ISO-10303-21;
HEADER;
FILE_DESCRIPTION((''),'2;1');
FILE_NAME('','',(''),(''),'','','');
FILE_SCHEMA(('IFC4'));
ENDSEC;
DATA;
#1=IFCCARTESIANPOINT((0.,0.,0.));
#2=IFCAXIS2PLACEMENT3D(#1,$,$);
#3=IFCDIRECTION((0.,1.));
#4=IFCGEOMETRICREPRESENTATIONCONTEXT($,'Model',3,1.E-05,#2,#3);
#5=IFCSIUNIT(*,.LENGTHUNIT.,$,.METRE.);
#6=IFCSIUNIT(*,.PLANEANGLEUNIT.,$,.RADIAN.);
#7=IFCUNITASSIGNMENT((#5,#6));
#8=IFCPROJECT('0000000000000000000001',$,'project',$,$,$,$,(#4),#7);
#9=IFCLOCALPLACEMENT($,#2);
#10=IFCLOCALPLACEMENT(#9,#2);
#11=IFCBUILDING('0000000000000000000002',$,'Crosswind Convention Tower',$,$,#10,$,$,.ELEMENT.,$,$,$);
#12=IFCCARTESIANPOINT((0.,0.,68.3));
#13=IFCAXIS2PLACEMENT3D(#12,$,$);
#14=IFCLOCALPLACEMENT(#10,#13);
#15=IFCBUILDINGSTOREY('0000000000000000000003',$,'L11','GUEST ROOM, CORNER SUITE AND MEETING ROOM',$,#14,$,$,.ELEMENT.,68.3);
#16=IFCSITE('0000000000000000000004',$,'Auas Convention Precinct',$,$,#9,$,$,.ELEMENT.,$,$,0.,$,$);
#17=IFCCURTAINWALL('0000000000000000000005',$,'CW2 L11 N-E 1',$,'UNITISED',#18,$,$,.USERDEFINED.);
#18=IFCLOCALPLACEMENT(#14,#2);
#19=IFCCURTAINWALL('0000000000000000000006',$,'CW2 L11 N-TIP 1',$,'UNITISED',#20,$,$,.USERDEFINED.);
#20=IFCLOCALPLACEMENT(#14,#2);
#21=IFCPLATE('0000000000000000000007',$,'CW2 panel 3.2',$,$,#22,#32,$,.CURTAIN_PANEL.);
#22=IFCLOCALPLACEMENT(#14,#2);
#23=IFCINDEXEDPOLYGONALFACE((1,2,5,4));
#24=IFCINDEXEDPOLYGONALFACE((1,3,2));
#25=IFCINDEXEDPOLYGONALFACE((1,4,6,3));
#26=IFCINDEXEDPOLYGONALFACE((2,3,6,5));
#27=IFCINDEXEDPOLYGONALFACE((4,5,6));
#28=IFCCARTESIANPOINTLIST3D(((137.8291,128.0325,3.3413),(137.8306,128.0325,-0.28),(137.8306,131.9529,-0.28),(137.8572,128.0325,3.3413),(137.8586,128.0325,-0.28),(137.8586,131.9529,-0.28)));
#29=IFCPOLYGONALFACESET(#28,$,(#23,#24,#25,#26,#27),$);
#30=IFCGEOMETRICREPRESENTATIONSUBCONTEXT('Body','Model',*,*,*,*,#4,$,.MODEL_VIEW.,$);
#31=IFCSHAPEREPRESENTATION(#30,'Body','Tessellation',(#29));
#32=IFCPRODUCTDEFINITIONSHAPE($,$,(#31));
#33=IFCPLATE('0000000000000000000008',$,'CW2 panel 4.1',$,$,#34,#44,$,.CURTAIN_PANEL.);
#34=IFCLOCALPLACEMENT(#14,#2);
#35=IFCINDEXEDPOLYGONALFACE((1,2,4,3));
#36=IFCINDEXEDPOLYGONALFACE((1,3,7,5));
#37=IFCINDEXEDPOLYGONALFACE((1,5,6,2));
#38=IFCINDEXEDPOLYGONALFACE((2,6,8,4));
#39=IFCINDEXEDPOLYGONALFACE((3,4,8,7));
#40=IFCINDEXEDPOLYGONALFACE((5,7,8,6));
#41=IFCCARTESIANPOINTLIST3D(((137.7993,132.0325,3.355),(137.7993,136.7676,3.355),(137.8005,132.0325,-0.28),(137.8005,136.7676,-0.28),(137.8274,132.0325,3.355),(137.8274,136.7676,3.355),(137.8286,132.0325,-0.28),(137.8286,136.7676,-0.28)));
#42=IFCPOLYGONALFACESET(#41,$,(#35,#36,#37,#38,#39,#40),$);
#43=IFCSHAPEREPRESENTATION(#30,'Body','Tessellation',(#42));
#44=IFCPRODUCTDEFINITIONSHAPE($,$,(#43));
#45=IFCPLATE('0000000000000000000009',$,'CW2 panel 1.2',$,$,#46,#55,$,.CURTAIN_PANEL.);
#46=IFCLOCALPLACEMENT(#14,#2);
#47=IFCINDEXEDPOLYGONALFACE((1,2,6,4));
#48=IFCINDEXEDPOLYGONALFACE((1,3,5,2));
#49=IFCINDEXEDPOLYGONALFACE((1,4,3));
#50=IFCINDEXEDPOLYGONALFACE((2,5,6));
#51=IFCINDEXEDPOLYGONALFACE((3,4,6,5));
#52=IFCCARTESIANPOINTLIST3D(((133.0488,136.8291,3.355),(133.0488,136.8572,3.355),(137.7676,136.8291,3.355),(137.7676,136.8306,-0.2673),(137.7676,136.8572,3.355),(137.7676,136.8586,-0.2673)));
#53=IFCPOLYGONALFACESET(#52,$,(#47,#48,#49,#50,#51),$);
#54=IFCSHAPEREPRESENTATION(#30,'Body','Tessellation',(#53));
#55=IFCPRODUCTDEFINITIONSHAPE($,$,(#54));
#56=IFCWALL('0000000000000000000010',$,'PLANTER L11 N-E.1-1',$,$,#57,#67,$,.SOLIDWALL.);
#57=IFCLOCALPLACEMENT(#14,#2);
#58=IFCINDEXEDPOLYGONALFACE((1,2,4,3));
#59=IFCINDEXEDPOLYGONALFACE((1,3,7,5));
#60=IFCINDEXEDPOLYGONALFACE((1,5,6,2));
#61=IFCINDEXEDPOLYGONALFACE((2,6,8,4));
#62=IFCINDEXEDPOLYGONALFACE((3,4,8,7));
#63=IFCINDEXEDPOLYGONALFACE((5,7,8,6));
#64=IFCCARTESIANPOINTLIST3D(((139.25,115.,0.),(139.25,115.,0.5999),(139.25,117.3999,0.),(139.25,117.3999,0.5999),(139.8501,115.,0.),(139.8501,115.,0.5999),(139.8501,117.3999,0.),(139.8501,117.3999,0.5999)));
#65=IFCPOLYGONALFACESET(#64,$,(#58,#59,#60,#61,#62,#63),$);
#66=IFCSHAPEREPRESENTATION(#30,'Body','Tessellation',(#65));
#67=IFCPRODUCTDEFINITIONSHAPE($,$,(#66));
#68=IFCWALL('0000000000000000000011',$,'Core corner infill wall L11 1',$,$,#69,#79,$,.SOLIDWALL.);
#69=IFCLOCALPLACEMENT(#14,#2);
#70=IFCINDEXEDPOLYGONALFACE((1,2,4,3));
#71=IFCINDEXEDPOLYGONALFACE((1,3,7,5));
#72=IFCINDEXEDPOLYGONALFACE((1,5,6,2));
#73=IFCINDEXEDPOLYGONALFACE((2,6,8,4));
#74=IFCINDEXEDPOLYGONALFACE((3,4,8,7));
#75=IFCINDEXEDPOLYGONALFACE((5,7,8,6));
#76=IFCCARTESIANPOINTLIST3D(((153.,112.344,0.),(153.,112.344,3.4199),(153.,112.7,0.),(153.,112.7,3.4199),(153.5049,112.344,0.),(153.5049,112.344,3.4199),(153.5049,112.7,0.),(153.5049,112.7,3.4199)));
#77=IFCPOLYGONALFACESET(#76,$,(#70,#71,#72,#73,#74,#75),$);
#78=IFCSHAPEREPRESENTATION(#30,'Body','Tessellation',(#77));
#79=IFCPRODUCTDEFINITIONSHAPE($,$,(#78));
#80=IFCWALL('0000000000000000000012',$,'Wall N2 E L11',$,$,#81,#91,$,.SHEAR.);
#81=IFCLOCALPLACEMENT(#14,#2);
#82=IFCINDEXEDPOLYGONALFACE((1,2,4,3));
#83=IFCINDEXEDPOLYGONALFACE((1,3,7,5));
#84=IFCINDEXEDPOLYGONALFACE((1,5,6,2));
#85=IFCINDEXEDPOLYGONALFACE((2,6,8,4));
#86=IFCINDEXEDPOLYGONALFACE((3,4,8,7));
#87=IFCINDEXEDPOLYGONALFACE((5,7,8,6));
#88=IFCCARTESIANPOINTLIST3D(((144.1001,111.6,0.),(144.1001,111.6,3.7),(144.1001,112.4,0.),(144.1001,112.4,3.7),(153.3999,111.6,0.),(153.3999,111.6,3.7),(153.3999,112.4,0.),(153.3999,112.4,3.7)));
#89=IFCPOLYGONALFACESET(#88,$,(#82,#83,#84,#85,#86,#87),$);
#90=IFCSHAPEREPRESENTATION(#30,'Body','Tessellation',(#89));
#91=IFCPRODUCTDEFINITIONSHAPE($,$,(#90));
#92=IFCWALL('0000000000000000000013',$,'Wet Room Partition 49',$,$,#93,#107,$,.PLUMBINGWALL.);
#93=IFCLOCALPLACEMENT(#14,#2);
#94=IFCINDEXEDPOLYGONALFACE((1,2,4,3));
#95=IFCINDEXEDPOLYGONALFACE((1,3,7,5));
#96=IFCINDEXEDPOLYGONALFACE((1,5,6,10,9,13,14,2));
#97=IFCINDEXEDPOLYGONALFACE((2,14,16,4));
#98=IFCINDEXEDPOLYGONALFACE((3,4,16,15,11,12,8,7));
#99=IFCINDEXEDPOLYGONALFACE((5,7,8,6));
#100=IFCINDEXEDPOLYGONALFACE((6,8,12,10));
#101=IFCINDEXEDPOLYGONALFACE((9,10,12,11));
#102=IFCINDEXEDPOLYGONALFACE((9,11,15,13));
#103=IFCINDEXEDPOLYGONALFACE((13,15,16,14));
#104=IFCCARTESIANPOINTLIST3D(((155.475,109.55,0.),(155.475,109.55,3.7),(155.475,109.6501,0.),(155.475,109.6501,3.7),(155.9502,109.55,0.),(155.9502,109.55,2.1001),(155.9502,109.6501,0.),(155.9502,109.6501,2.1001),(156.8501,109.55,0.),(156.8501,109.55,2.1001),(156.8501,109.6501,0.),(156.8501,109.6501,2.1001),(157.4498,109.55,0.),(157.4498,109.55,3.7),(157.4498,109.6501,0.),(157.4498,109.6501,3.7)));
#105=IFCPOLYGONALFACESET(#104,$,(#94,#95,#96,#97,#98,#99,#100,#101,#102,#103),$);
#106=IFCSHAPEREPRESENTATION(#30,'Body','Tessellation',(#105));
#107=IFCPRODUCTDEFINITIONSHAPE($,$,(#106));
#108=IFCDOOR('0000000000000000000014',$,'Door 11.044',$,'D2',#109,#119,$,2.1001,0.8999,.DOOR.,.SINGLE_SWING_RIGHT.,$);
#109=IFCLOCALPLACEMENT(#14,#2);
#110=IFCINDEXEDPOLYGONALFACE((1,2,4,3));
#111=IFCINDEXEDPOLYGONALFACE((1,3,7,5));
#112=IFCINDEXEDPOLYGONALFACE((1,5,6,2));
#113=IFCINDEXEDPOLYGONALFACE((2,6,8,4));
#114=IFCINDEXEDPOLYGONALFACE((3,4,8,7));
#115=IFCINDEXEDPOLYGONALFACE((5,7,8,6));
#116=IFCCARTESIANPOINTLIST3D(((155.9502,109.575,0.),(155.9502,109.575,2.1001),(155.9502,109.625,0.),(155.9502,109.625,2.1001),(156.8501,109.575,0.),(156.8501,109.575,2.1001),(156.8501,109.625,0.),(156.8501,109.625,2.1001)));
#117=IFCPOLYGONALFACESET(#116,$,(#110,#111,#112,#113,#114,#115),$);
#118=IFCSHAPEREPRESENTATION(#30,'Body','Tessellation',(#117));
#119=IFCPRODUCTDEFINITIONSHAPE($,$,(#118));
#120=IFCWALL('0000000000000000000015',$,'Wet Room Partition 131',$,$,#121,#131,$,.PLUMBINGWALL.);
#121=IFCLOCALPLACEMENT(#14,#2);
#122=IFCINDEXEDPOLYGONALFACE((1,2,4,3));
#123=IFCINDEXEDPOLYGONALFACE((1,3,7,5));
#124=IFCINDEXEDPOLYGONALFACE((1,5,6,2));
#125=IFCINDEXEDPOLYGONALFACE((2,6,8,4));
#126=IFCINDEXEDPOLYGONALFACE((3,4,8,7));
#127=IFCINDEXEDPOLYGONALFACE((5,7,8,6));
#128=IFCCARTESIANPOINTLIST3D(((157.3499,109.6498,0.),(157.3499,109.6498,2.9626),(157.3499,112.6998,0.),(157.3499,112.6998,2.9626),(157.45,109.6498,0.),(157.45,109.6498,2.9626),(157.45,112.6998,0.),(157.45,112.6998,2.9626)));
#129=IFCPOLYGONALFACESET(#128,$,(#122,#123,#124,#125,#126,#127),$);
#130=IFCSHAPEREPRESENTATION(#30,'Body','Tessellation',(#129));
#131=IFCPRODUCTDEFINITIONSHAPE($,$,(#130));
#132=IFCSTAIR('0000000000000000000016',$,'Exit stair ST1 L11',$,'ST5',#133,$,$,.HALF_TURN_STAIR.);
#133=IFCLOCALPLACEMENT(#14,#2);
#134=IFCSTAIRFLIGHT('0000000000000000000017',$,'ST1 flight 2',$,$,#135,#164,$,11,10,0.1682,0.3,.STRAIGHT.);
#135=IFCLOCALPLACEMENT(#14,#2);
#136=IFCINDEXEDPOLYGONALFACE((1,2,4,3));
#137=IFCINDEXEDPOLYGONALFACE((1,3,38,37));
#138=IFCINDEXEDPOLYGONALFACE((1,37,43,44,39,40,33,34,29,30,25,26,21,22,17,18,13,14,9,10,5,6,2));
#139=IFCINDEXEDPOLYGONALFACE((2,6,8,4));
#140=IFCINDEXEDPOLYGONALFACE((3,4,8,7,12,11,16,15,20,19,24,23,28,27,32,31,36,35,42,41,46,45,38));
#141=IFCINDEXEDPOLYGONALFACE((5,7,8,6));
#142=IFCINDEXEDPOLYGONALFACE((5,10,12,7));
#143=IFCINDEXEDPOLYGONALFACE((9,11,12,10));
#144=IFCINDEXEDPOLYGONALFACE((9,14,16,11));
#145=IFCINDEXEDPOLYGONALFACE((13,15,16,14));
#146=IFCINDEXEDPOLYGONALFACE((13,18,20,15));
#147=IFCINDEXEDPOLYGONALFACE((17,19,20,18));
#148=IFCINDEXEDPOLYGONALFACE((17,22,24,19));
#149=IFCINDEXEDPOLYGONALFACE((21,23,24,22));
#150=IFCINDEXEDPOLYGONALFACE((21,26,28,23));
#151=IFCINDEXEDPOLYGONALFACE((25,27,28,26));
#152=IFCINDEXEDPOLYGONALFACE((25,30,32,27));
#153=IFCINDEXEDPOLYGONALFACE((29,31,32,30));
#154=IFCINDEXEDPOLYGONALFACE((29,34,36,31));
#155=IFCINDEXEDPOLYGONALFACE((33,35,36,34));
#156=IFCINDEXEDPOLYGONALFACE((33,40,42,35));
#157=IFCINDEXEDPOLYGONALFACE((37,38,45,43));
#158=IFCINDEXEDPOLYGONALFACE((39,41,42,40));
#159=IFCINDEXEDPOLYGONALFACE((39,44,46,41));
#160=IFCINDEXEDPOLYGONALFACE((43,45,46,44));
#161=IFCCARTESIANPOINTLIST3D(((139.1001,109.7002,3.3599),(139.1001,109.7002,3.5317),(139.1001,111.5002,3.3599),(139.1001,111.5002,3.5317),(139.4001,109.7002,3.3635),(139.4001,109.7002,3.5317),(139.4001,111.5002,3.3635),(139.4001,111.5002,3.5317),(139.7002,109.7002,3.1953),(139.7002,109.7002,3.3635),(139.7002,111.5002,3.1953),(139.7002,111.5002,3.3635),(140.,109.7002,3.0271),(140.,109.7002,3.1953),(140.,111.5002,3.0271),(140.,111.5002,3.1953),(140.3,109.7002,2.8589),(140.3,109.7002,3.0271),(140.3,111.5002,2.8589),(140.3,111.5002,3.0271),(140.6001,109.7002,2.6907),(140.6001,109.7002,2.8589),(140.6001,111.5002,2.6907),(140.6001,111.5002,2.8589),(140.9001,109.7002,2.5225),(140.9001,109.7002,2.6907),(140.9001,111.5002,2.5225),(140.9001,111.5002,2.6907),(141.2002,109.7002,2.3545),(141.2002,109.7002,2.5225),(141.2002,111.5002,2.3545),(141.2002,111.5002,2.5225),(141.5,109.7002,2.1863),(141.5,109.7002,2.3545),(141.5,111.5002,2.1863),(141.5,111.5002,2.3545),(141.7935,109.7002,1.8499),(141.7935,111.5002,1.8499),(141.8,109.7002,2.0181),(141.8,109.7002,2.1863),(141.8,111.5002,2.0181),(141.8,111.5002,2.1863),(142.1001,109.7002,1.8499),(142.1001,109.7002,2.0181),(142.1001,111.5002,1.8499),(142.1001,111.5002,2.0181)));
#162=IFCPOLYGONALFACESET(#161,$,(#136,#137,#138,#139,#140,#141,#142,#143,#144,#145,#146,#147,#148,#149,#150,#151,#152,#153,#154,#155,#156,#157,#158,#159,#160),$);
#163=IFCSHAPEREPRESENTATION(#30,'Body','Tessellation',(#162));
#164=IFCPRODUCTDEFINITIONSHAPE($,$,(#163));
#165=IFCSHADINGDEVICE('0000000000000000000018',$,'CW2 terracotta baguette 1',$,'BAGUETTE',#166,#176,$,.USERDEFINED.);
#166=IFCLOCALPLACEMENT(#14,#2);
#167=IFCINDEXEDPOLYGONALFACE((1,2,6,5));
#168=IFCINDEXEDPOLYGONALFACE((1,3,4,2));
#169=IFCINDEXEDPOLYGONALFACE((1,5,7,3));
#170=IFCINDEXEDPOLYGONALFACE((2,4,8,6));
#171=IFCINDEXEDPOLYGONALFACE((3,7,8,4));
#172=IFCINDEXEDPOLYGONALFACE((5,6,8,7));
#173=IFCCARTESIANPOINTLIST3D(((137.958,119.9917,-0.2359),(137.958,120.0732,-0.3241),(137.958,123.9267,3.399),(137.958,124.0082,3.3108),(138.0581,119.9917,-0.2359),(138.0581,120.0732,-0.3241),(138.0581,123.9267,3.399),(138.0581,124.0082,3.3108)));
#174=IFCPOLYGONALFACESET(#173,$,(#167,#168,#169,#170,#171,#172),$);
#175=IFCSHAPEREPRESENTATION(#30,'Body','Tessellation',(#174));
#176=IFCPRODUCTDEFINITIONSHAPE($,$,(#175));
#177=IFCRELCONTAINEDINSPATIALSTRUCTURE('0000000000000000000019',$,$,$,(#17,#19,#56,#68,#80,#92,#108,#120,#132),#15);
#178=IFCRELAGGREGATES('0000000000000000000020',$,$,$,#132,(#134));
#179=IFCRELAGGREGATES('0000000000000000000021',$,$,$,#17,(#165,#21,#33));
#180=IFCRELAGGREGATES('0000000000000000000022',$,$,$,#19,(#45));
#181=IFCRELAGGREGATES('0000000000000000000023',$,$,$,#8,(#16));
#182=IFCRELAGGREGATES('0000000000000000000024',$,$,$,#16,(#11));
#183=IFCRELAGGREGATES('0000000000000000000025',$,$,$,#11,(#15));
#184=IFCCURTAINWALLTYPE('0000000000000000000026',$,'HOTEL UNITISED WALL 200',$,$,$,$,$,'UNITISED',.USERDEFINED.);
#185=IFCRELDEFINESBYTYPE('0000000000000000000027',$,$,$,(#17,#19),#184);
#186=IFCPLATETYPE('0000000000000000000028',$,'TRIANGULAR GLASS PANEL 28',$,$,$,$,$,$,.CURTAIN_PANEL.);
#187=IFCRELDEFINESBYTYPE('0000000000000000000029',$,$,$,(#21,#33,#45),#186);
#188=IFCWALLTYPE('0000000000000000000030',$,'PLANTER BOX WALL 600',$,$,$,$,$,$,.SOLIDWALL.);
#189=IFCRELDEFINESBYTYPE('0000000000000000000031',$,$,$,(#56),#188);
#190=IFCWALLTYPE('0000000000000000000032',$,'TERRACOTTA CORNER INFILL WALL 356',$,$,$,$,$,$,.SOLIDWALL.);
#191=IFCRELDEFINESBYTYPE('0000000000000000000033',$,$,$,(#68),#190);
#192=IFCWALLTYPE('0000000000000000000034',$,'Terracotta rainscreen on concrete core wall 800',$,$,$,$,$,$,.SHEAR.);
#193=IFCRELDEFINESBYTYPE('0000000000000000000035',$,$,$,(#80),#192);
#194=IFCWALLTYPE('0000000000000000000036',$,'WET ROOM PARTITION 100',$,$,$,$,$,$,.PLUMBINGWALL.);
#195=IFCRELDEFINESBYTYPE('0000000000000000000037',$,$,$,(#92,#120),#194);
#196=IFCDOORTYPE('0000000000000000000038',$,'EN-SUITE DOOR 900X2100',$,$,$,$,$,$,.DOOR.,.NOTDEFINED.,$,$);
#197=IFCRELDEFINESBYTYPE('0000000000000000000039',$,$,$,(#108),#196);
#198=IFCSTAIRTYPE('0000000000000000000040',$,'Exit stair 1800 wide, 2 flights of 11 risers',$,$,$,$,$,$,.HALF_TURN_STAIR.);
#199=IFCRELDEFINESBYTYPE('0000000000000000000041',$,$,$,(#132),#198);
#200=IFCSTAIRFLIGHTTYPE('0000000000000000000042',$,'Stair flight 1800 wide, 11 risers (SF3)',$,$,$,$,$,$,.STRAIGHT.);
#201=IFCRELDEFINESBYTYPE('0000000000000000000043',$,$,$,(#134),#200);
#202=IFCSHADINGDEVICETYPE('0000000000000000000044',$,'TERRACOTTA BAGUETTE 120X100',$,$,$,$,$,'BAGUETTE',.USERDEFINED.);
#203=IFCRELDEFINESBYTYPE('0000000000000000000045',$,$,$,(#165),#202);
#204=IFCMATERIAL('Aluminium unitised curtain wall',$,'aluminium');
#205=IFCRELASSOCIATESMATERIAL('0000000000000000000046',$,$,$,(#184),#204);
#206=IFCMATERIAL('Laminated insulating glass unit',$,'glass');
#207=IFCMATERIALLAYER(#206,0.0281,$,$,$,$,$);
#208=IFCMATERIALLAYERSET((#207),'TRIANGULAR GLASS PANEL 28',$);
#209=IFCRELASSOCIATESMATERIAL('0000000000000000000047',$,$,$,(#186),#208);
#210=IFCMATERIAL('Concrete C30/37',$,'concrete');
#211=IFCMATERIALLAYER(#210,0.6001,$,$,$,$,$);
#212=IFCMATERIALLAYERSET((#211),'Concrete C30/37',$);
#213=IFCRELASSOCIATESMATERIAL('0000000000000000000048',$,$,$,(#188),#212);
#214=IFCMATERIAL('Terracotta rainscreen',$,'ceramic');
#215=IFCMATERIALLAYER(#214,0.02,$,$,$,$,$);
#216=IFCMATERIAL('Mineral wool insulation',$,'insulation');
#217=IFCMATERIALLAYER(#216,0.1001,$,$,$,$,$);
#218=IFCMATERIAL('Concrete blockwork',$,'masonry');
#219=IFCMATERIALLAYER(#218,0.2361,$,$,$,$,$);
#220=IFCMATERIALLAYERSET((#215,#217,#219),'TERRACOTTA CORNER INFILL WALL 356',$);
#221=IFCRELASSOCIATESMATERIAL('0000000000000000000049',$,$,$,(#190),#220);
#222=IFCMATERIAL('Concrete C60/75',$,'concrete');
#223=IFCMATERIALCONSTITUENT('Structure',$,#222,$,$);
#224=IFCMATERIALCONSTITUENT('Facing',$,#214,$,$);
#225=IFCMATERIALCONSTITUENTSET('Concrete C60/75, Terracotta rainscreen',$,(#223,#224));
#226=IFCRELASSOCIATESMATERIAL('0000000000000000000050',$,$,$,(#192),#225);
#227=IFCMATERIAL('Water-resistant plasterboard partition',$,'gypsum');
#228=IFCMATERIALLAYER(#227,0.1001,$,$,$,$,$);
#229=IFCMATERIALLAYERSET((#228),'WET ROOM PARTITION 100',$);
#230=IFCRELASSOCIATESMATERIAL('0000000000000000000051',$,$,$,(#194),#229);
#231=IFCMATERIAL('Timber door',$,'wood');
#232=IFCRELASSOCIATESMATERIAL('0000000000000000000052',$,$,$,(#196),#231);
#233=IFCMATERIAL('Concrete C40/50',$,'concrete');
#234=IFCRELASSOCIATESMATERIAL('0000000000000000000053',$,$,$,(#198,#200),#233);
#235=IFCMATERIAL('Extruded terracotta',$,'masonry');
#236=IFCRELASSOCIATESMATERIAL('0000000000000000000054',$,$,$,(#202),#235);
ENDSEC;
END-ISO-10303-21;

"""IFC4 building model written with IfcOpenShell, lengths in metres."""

from ifc_helpers import new_model, si_unit, direction, frame, frame_2d, origin, origin_2d, place, context, subcontext, project, spatial, polyline, rectangle, outline, extrude, material, layer, layer_set, constituent, constituent_set, material_profile, profile_set, type_object, element, fill, aggregate, save


model = new_model("IFC4")

# Units and contexts
model_context = context("Model", 3, precision=1e-05, world=origin(), true_north=direction((0.0, 1.0)))
body_context = subcontext(model_context, "Body", "Model", "MODEL_VIEW")
ifc_project = project(units=[si_unit("LENGTHUNIT", "METRE"), si_unit("PLANEANGLEUNIT", "RADIAN")], contexts=[model_context])

# Site, building, storey
site_placement = place(None, origin())
site = spatial("IfcSite", under=ifc_project, at=site_placement, Name="Auas Convention Precinct", CompositionType="ELEMENT", RefElevation=0.0)
building_placement = place(site_placement, origin())
building = spatial("IfcBuilding", under=site, at=building_placement, Name="Crosswind Convention Tower", CompositionType="ELEMENT")
storey_placement = place(building_placement, frame((0.0, 0.0, 68.3)))
storey = spatial("IfcBuildingStorey", under=building, at=storey_placement, Name="L11", Description="GUEST ROOM, CORNER SUITE AND MEETING ROOM", CompositionType="ELEMENT", Elevation=68.3)

# Shared definitions
ifc_material_1 = material(Name="Concrete C60/75", Category="concrete")

# Shared definitions
ifc_material_2 = material(Name="Aluminium unitised curtain wall", Category="aluminium")

# Shared definitions
curtain_wall_type_1 = type_object("IfcCurtainWallType", Name="HOTEL UNITISED WALL 200", ElementType="UNITISED", PredefinedType="USERDEFINED", material=ifc_material_2)

# Curtain wall
curtain_wall_1_placement = place(storey_placement, origin())
curtain_wall_1 = element("IfcCurtainWall", 1, at=curtain_wall_1_placement, inside=storey, type_object=curtain_wall_type_1, Name="CW2 L11 N-E 1", ObjectType="UNITISED", PredefinedType="USERDEFINED")

# Curtain wall
curtain_wall_2_placement = place(storey_placement, origin())
curtain_wall_2 = element("IfcCurtainWall", 2, at=curtain_wall_2_placement, inside=storey, type_object=curtain_wall_type_1, Name="CW2 L11 N-TIP 1", ObjectType="UNITISED", PredefinedType="USERDEFINED")

# Plates
ifc_material_3 = material(Name="Laminated insulating glass unit", Category="glass")
ifc_layer_1 = layer(ifc_material_3, 0.0281)
ifc_layer_set_1 = layer_set([ifc_layer_1], Name="TRIANGULAR GLASS PANEL 28")
plate_type_1 = type_object("IfcPlateType", Name="TRIANGULAR GLASS PANEL 28", PredefinedType="CURTAIN_PANEL", material=ifc_layer_set_1)
plate_1_placement = place(storey_placement, frame((137.8586, 128.0325, -0.28), z_axis=(1.0, 0.0, 0.000405), x_axis=(0.0, 1.0, 0.0)))
plate_1 = element("IfcPlate", 3, at=plate_1_placement, type_object=plate_type_1, Name="CW2 panel 3.2", PredefinedType="CURTAIN_PANEL", context=body_context, shape_type="SweptSolid", body=[
    extrude(outline(polyline([(0.0, 0.0), (3.9204, 0.0), (0.0, 3.6213), (0.0, 0.0)])), origin(), (0.0, 0.0, -1.0), 0.0281),
])
plate_2_placement = place(storey_placement, frame((137.8286, 132.0325, -0.28), z_axis=(1.0, 0.0, 0.000336), x_axis=(0.0, 1.0, 0.0)))
plate_2 = element("IfcPlate", 4, at=plate_2_placement, type_object=plate_type_1, Name="CW2 panel 4.1", PredefinedType="CURTAIN_PANEL", context=body_context, shape_type="SweptSolid", body=[
    extrude(outline(polyline([(0.0, 0.0), (4.7351, 0.0), (4.7351, 3.635), (0.0, 3.635), (0.0, 0.0)])), origin(), (0.0, 0.0, -1.0), 0.0281),
])
plate_3_placement = place(storey_placement, frame((137.7676, 136.8572, 3.355), z_axis=(0.0, 1.0, 0.000404), x_axis=(0.0, 0.000404, -1.0)))
plate_3 = element("IfcPlate", 5, at=plate_3_placement, type_object=plate_type_1, Name="CW2 panel 1.2", PredefinedType="CURTAIN_PANEL", context=body_context, shape_type="SweptSolid", body=[
    extrude(outline(polyline([(0.0, 0.0), (3.6223, 0.0), (0.0, 4.7188), (0.0, 0.0)])), origin(), (0.0, 0.0, -1.0), 0.0281),
])

# Walls
ifc_material_4 = material(Name="Concrete C30/37", Category="concrete")
ifc_layer_2 = layer(ifc_material_4, 0.6001)
ifc_layer_set_2 = layer_set([ifc_layer_2], Name="Concrete C30/37")
wall_type_1 = type_object("IfcWallType", Name="PLANTER BOX WALL 600", PredefinedType="SOLIDWALL", material=ifc_layer_set_2)
wall_1_placement = place(storey_placement, frame((139.55, 115.0, 0.0), z_axis=(0.0, 0.0, 1.0), x_axis=(0.0, 1.0, 0.0)))
element("IfcWall", 6, at=wall_1_placement, inside=storey, type_object=wall_type_1, Name="PLANTER L11 N-E.1-1", PredefinedType="SOLIDWALL", context=body_context, shape_type="SweptSolid", body=[
    extrude(rectangle(XDim=2.3999, YDim=0.6001, at=frame_2d((1.2, 0.0))), origin(), (0.0, 0.0, 1.0), 0.5999),
])
ifc_material_5 = material(Name="Terracotta rainscreen", Category="ceramic")
ifc_layer_3 = layer(ifc_material_5, 0.02)
ifc_material_6 = material(Name="Mineral wool insulation", Category="insulation")
ifc_layer_4 = layer(ifc_material_6, 0.1001)
ifc_material_7 = material(Name="Concrete blockwork", Category="masonry")
ifc_layer_5 = layer(ifc_material_7, 0.2361)
ifc_layer_set_3 = layer_set([ifc_layer_3, ifc_layer_4, ifc_layer_5], Name="TERRACOTTA CORNER INFILL WALL 356")
wall_type_2 = type_object("IfcWallType", Name="TERRACOTTA CORNER INFILL WALL 356", PredefinedType="SOLIDWALL", material=ifc_layer_set_3)
wall_2_placement = place(storey_placement, frame((153.0, 112.522, 0.0), z_axis=(0.0, 0.0, 1.0), x_axis=(1.0, 0.0, 0.0)))
element("IfcWall", 7, at=wall_2_placement, inside=storey, type_object=wall_type_2, Name="Core corner infill wall L11 1", PredefinedType="SOLIDWALL", context=body_context, shape_type="SweptSolid", body=[
    extrude(rectangle(XDim=0.5049, YDim=0.356, at=frame_2d((0.2524, 0.0))), origin(), (0.0, 0.0, 1.0), 3.4199),
])

# Wall
ifc_constituent_1 = constituent(ifc_material_1, Name="Structure")
ifc_constituent_2 = constituent(ifc_material_5, Name="Facing")
ifc_constituent_set = constituent_set(constituents=[ifc_constituent_1, ifc_constituent_2], Name="Concrete C60/75, Terracotta rainscreen")
wall_type_3 = type_object("IfcWallType", Name="Terracotta rainscreen on concrete core wall 800", PredefinedType="SHEAR", material=ifc_constituent_set)
wall_3_placement = place(storey_placement, frame((144.1001, 112.0, 0.0), z_axis=(0.0, 0.0, 1.0), x_axis=(1.0, 0.0, 0.0)))
element("IfcWall", 8, at=wall_3_placement, inside=storey, type_object=wall_type_3, Name="Wall N2 E L11", PredefinedType="SHEAR", context=body_context, shape_type="SweptSolid", body=[
    extrude(rectangle(XDim=9.2998, YDim=0.8, at=frame_2d((4.6499, 0.0))), origin(), (0.0, 0.0, 1.0), 3.7),
])

# Wall, opening, door
ifc_material_8 = material(Name="Water-resistant plasterboard partition", Category="gypsum")
ifc_layer_6 = layer(ifc_material_8, 0.1001)
ifc_layer_set_4 = layer_set([ifc_layer_6], Name="WET ROOM PARTITION 100")
wall_type_4 = type_object("IfcWallType", Name="WET ROOM PARTITION 100", PredefinedType="PLUMBINGWALL", material=ifc_layer_set_4)
wall_4_placement = place(storey_placement, frame((155.4751, 109.6001, 0.0), z_axis=(0.0, 0.0, 1.0), x_axis=(1.0, 0.0, 0.0)))
wall_4 = element("IfcWall", 9, at=wall_4_placement, inside=storey, type_object=wall_type_4, Name="Wet Room Partition 49", PredefinedType="PLUMBINGWALL", context=body_context, shape_type="SweptSolid", body=[
    extrude(rectangle(XDim=1.9749, YDim=0.1001, at=frame_2d((0.9873, 0.0))), origin(), (0.0, 0.0, 1.0), 3.7),
])
opening_1_placement = place(wall_4_placement, frame((0.4751, 0.0, 0.0)))
opening_1 = element("IfcOpeningElement", 10, at=opening_1_placement, cuts=wall_4, PredefinedType="OPENING", context=body_context, shape_type="SweptSolid", body=[
    extrude(rectangle(XDim=0.8999, YDim=2.1001, at=frame_2d((0.45, 1.05))), frame((0.0, 0.0601, 0.0), z_axis=(0.0, -1.0, 0.0), x_axis=(1.0, 0.0, 0.0)), (0.0, 0.0, 1.0), 0.1201),
])
ifc_material_9 = material(Name="Timber door", Category="wood")
door_type_1 = type_object("IfcDoorType", Name="EN-SUITE DOOR 900X2100", OperationType="NOTDEFINED", PredefinedType="DOOR", material=ifc_material_9)
door_1_placement = place(opening_1_placement, origin())
door_1 = element("IfcDoor", 11, at=door_1_placement, inside=storey, type_object=door_type_1, Name="Door 11.044", ObjectType="D2", OperationType="SINGLE_SWING_RIGHT", OverallHeight=2.1001, OverallWidth=0.8999, PredefinedType="DOOR", context=body_context, shape_type="SweptSolid", body=[
    extrude(rectangle(XDim=0.8999, YDim=2.1001, at=frame_2d((0.45, 1.05))), frame((0.0, 0.0249, 0.0), z_axis=(0.0, -1.0, 0.0), x_axis=(1.0, 0.0, 0.0)), (0.0, 0.0, 1.0), 0.05),
])
fill(opening_1, door_1)

# Wall
wall_5_placement = place(storey_placement, frame((157.3999, 109.6499, 0.0), z_axis=(0.0, 0.0, 1.0), x_axis=(0.0, 1.0, 0.0)))
element("IfcWall", 12, at=wall_5_placement, inside=storey, type_object=wall_type_4, Name="Wet Room Partition 131", PredefinedType="PLUMBINGWALL", context=body_context, shape_type="SweptSolid", body=[
    extrude(rectangle(XDim=3.05, YDim=0.1001, at=frame_2d((1.5249, 0.0))), origin(), (0.0, 0.0, 1.0), 2.9626),
])

# Stair, stair flight
ifc_material_10 = material(Name="Concrete C40/50", Category="concrete")
stair_type = type_object("IfcStairType", Name="Exit stair 1800 wide, 2 flights of 11 risers", PredefinedType="HALF_TURN_STAIR", material=ifc_material_10)
stair_placement = place(storey_placement, origin())
stair = element("IfcStair", 13, at=stair_placement, inside=storey, type_object=stair_type, Name="Exit stair ST1 L11", ObjectType="ST5", PredefinedType="HALF_TURN_STAIR")
stair_flight_type = type_object("IfcStairFlightType", Name="Stair flight 1800 wide, 11 risers (SF3)", PredefinedType="STRAIGHT", material=ifc_material_10)
stair_flight_placement = place(storey_placement, frame((142.1001, 110.6001, 1.8499), z_axis=(0.0, 0.0, 1.0), x_axis=(-1.0, 0.0, 0.0)))
stair_flight = element("IfcStairFlight", 14, at=stair_flight_placement, type_object=stair_flight_type, Name="ST1 flight 2", NumberOfRisers=11, NumberOfTreads=10, PredefinedType="STRAIGHT", RiserHeight=0.1682, TreadLength=0.3, context=body_context, shape_type="SweptSolid", body=[
    extrude(outline(polyline([(0.0, 0.0), (0.0, 0.1682), (0.3, 0.1682), (0.3, 0.3364), (0.6001, 0.3364), (0.6001, 0.5046), (0.8999, 0.5046), (0.8999, 0.6726), (1.2, 0.6726), (1.2, 0.8408), (1.5, 0.8408), (1.5, 1.009), (1.8, 1.009), (1.8, 1.1772), (2.1001, 1.1772), (2.1001, 1.3455), (2.3999, 1.3455), (2.3999, 1.5137), (2.7, 1.5137), (2.7, 1.6819), (3.0, 1.6819), (3.0, 1.8501), (3.0, 1.51), (0.3066, 0.0), (0.0, 0.0)])), frame((0.0, 0.8999, 0.0), z_axis=(0.0, -1.0, 0.0), x_axis=(1.0, 0.0, 0.0)), (0.0, 0.0, 1.0), 1.8),
])
aggregate(stair, [stair_flight])

# Shading device
ifc_material_11 = material(Name="Extruded terracotta", Category="masonry")
ifc_material_profile_1 = material_profile(ifc_material_11, rectangle(XDim=0.1001, YDim=0.1201, at=origin_2d()), Name="TC 100X120")
ifc_profile_set_1 = profile_set([ifc_material_profile_1], Name="Extruded terracotta")
shading_device_type = type_object("IfcShadingDeviceType", Name="TERRACOTTA BAGUETTE 120X100", ElementType="BAGUETTE", PredefinedType="USERDEFINED", material=ifc_profile_set_1)
shading_device_1_placement = place(storey_placement, frame((138.0081, 120.0325, -0.28), z_axis=(0.0, 0.734557, 0.678547), x_axis=(-1.0, 0.0, 0.0)))
shading_device_1 = element("IfcShadingDevice", 15, at=shading_device_1_placement, type_object=shading_device_type, Name="CW2 terracotta baguette 1", ObjectType="BAGUETTE", PredefinedType="USERDEFINED", context=body_context, shape_type="SweptSolid", body=[
    extrude(rectangle(XDim=0.1001, YDim=0.1201, at=origin_2d()), origin(), (0.0, 0.0, 1.0), 5.3569),
])
aggregate(curtain_wall_1, [shading_device_1, plate_1, plate_2])
aggregate(curtain_wall_2, [plate_3])

save(model, "model.ifc")
